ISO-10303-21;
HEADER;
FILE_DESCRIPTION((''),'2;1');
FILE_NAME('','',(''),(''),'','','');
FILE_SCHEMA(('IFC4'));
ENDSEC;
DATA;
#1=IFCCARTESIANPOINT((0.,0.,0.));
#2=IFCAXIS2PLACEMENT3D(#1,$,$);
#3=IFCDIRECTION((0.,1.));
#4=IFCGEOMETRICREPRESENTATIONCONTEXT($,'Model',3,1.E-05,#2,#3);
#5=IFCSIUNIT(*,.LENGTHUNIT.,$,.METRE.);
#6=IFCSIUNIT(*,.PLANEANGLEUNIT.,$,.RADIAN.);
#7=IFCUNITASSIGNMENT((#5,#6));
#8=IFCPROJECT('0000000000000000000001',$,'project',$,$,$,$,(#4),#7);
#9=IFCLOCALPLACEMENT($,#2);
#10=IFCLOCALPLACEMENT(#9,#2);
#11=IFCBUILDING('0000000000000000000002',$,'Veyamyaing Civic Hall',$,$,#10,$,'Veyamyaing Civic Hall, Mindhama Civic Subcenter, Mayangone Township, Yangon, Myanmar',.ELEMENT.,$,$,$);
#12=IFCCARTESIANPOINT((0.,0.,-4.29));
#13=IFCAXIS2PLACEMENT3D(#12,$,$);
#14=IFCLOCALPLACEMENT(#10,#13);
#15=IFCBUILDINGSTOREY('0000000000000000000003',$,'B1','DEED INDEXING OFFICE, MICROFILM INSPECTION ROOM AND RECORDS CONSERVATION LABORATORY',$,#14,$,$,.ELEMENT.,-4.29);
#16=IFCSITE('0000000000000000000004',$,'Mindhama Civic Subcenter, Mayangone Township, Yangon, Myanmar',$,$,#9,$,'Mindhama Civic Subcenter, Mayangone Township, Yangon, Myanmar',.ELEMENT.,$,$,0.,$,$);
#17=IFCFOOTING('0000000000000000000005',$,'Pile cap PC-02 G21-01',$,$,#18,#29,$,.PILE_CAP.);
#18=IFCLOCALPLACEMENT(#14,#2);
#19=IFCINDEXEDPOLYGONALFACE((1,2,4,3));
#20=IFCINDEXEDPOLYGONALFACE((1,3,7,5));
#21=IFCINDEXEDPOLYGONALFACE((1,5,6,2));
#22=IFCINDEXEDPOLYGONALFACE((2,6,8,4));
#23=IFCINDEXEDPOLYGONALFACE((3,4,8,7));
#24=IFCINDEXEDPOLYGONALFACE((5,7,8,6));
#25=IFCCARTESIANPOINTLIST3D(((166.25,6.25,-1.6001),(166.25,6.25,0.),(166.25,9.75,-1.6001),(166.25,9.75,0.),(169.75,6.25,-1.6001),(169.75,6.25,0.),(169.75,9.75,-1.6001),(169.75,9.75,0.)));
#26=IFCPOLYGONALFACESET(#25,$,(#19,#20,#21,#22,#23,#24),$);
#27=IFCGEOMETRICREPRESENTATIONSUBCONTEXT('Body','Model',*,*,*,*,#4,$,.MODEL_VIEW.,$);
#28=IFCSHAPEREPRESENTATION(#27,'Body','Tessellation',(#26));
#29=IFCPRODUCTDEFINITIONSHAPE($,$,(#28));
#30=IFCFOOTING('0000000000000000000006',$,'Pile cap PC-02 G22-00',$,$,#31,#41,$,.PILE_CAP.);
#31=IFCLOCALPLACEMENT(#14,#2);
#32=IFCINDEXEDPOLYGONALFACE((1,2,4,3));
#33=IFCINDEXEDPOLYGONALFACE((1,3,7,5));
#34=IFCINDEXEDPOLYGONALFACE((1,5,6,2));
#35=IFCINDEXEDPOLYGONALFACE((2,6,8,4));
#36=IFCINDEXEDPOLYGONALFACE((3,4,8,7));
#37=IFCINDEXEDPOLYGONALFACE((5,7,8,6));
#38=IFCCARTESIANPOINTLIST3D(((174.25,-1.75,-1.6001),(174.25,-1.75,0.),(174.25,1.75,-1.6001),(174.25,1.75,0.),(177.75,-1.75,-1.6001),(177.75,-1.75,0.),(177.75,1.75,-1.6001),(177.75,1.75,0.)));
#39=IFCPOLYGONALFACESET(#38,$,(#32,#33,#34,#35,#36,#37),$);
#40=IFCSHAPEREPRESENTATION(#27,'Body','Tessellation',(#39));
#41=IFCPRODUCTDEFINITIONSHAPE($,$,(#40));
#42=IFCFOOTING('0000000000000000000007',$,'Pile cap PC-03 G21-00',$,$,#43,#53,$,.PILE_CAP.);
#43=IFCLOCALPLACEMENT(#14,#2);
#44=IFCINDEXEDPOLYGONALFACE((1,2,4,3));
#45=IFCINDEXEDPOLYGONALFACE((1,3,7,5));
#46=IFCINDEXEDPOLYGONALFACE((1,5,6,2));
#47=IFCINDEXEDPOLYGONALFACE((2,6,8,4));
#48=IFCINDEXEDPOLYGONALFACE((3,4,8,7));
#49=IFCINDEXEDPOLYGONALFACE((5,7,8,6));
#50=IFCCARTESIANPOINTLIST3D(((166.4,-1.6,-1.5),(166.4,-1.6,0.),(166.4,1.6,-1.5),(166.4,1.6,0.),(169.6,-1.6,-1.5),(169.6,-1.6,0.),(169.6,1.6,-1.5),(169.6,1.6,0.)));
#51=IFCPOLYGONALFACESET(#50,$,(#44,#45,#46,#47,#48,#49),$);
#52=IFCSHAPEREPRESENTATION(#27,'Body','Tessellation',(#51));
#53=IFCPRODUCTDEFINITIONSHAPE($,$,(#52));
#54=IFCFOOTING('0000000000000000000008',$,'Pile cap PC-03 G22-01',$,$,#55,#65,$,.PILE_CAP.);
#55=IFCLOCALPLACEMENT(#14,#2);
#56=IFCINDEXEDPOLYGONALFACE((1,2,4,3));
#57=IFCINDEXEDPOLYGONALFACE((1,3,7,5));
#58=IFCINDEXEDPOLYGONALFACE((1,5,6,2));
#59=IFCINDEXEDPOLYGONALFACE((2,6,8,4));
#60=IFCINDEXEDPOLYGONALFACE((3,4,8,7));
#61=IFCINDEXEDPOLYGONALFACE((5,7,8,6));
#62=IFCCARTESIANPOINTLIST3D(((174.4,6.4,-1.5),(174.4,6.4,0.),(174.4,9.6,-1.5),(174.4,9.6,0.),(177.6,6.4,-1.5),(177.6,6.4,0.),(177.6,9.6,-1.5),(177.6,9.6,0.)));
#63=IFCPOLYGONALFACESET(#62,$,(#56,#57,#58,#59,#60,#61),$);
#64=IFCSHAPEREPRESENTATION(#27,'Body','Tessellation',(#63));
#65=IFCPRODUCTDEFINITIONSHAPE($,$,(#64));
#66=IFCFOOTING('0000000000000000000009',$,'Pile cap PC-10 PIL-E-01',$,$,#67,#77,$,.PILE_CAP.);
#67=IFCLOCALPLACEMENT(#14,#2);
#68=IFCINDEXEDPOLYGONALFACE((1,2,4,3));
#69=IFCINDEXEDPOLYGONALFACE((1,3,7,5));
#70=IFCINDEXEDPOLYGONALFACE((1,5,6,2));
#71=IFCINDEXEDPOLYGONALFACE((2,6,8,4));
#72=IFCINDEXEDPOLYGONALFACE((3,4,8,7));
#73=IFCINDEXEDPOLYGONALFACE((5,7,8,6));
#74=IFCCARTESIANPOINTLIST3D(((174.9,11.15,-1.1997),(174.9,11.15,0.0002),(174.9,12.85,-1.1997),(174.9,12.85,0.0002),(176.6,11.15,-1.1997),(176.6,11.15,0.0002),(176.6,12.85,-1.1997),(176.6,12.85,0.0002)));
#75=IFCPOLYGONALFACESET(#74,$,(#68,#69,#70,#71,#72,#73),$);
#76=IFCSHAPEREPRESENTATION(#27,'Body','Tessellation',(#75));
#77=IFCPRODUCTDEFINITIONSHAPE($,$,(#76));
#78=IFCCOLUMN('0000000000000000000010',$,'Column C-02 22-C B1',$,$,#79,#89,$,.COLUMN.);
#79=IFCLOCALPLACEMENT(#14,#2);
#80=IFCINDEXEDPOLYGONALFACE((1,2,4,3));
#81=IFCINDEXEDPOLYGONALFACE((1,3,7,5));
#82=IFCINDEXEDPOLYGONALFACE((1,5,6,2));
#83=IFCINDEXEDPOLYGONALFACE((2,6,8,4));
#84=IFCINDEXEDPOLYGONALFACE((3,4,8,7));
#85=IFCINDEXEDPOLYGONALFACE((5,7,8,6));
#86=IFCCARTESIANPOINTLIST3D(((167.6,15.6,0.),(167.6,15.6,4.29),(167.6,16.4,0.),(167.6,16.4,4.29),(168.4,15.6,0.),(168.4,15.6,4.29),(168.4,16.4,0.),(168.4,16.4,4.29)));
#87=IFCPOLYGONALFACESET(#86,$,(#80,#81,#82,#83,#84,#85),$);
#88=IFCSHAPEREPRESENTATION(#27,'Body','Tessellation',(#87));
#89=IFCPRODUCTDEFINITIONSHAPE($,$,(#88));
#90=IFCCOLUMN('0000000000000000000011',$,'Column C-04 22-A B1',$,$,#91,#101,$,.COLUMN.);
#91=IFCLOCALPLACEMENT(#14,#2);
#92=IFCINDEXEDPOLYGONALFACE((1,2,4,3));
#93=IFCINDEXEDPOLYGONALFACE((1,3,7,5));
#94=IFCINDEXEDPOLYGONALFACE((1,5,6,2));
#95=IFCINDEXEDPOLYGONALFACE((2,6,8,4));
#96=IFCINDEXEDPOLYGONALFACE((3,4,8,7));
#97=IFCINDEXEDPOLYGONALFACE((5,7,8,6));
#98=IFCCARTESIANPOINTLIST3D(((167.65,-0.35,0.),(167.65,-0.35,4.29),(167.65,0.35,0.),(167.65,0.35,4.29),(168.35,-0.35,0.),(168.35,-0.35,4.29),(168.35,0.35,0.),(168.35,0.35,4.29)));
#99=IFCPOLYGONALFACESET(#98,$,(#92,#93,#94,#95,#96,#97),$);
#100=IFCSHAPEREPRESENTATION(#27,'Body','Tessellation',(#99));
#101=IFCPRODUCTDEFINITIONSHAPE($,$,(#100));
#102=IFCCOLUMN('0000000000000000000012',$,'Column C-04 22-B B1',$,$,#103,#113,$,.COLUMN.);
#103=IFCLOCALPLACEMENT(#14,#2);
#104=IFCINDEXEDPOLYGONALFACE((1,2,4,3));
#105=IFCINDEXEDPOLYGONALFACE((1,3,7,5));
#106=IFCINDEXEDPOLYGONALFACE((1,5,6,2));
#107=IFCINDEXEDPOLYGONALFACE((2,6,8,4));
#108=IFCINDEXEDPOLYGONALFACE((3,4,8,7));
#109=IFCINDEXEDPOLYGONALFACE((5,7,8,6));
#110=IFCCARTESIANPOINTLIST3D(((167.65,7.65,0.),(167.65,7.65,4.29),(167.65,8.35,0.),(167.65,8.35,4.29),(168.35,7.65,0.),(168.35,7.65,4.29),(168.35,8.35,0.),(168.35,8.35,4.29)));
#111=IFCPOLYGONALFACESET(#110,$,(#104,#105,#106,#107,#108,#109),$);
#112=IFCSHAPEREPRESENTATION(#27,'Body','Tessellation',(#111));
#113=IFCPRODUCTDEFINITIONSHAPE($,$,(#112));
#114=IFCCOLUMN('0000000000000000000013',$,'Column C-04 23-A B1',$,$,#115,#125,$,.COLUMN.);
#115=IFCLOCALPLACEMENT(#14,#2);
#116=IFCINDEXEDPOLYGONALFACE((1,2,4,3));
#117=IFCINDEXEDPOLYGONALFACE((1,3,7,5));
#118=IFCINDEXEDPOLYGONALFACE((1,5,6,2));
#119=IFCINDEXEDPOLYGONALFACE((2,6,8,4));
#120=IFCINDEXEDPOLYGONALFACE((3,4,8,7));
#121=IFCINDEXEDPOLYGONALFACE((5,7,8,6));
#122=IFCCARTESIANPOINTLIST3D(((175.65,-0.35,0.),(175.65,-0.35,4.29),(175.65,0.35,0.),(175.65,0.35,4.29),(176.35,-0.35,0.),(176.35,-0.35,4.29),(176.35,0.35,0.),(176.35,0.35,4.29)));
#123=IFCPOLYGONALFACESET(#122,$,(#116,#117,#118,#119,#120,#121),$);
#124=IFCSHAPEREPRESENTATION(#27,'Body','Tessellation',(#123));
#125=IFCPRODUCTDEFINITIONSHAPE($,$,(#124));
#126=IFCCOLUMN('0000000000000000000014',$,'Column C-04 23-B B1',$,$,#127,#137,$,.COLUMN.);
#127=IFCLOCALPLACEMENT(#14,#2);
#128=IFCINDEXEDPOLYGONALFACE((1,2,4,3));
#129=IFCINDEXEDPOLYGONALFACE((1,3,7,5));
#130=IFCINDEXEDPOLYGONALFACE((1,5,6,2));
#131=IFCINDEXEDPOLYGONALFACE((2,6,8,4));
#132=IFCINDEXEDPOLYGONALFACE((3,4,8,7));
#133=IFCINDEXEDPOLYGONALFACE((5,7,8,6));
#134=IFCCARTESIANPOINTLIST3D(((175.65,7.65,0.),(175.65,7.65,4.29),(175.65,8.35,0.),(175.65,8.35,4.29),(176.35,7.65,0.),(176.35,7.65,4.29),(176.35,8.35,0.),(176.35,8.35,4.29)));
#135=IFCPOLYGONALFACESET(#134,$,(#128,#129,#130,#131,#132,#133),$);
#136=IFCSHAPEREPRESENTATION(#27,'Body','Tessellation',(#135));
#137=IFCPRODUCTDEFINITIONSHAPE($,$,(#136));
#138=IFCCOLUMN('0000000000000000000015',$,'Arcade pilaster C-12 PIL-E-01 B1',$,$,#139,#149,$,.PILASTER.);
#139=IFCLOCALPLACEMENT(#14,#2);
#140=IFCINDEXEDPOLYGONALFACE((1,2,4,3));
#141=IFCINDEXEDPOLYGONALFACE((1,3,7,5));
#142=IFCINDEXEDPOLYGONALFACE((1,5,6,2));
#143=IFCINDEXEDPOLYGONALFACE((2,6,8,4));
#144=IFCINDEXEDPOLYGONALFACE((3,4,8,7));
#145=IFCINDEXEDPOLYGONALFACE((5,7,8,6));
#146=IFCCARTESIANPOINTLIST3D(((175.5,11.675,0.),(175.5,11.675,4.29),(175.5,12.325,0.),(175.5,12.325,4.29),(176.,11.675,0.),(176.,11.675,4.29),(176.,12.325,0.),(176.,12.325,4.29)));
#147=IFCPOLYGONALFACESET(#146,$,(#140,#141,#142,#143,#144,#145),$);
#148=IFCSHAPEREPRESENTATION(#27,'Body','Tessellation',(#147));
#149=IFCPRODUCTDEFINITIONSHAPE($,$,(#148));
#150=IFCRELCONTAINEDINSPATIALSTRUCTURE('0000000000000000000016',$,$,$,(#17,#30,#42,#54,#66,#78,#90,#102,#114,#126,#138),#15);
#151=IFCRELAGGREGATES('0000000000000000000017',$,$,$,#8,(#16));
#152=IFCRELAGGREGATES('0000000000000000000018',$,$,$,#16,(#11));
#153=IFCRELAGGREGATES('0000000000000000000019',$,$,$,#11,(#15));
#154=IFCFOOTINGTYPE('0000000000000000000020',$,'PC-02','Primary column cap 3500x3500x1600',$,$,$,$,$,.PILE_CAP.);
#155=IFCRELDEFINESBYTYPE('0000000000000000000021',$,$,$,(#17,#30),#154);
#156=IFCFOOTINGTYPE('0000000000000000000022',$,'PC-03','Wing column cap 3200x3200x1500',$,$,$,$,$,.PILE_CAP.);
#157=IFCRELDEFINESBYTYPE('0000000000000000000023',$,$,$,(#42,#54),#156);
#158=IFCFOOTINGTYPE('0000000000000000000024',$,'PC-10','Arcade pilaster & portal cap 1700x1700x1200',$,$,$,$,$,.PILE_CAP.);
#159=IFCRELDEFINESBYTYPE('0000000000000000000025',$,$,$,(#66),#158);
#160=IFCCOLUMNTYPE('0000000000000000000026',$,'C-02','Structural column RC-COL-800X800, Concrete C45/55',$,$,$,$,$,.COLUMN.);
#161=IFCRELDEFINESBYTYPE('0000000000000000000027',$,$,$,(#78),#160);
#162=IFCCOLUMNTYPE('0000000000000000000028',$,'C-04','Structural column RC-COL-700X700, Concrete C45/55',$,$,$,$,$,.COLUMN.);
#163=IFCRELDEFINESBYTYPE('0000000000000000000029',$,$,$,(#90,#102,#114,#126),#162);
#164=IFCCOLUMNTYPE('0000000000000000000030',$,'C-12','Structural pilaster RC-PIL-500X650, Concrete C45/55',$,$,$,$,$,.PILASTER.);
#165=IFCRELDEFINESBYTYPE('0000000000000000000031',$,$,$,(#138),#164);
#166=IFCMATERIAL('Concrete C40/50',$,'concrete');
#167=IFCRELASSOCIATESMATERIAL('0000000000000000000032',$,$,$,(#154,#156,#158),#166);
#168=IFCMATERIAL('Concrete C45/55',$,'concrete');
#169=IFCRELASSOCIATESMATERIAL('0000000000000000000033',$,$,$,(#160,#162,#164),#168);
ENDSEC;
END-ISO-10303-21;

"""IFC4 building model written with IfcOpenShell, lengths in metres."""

from ifc_helpers import new_model, si_unit, direction, frame, origin, origin_2d, place, context, subcontext, project, spatial, rectangle, extrude, material, material_profile, profile_set, type_object, element, save


model = new_model("IFC4")

# Units and contexts
model_context = context("Model", 3, precision=1e-05, world=origin(), true_north=direction((0.0, 1.0)))
body_context = subcontext(model_context, "Body", "Model", "MODEL_VIEW")
ifc_project = project(units=[si_unit("LENGTHUNIT", "METRE"), si_unit("PLANEANGLEUNIT", "RADIAN")], contexts=[model_context])

# Site, building, storey
site_placement = place(None, origin())
site = spatial("IfcSite", under=ifc_project, at=site_placement, Name="Mindhama Civic Subcenter, Mayangone Township, Yangon, Myanmar", LongName="Mindhama Civic Subcenter, Mayangone Township, Yangon, Myanmar", CompositionType="ELEMENT", RefElevation=0.0)
building_placement = place(site_placement, origin())
building = spatial("IfcBuilding", under=site, at=building_placement, Name="Veyamyaing Civic Hall", LongName="Veyamyaing Civic Hall, Mindhama Civic Subcenter, Mayangone Township, Yangon, Myanmar", CompositionType="ELEMENT")
storey_placement = place(building_placement, frame((0.0, 0.0, -4.29)))
storey = spatial("IfcBuildingStorey", under=building, at=storey_placement, Name="B1", Description="DEED INDEXING OFFICE, MICROFILM INSPECTION ROOM AND RECORDS CONSERVATION LABORATORY", CompositionType="ELEMENT", Elevation=-4.29)

# Shared definitions
ifc_material_1 = material(Name="Concrete C40/50", Category="concrete")

# Footings
footing_type_1 = type_object("IfcFootingType", Name="PC-02", Description="Primary column cap 3500x3500x1600", PredefinedType="PILE_CAP", material=ifc_material_1)
for number, where, z_axis, x_axis, name in (
    (1, (168.0, 8.0, -1.6001), (0.0, 0.0, 1.0), (1.0, 0.0, 0.0), "Pile cap PC-02 G21-01"),
    (2, (176.0, 0.0, -1.6001), (0.0, 0.0, 1.0), (1.0, 0.0, 0.0), "Pile cap PC-02 G22-00"),
):
    element("IfcFooting", number, at=place(storey_placement, frame(where, z_axis=z_axis, x_axis=x_axis)), inside=storey, type_object=footing_type_1, Name=name, PredefinedType="PILE_CAP", context=body_context, shape_type="SweptSolid", body=[
        extrude(rectangle(XDim=3.5, YDim=3.5, at=origin_2d()), origin(), (0.0, 0.0, 1.0), 1.6001),
    ])
footing_type_2 = type_object("IfcFootingType", Name="PC-03", Description="Wing column cap 3200x3200x1500", PredefinedType="PILE_CAP", material=ifc_material_1)
for number, where, z_axis, x_axis, name in (
    (3, (168.0, 0.0, -1.5), (0.0, 0.0, 1.0), (1.0, 0.0, 0.0), "Pile cap PC-03 G21-00"),
    (4, (176.0, 8.0, -1.5), (0.0, 0.0, 1.0), (1.0, 0.0, 0.0), "Pile cap PC-03 G22-01"),
):
    element("IfcFooting", number, at=place(storey_placement, frame(where, z_axis=z_axis, x_axis=x_axis)), inside=storey, type_object=footing_type_2, Name=name, PredefinedType="PILE_CAP", context=body_context, shape_type="SweptSolid", body=[
        extrude(rectangle(XDim=3.2, YDim=3.2, at=origin_2d()), origin(), (0.0, 0.0, 1.0), 1.5),
    ])
footing_type_3 = type_object("IfcFootingType", Name="PC-10", Description="Arcade pilaster & portal cap 1700x1700x1200", PredefinedType="PILE_CAP", material=ifc_material_1)
footing_1_placement = place(storey_placement, frame((175.75, 12.0, -1.1997), z_axis=(0.0, 0.0, 1.0), x_axis=(1.0, 0.0, 0.0)))
element("IfcFooting", 5, at=footing_1_placement, inside=storey, type_object=footing_type_3, Name="Pile cap PC-10 PIL-E-01", PredefinedType="PILE_CAP", context=body_context, shape_type="SweptSolid", body=[
    extrude(rectangle(XDim=1.7, YDim=1.7, at=origin_2d()), origin(), (0.0, 0.0, 1.0), 1.2),
])

# Columns
ifc_material_2 = material(Name="Concrete C45/55", Category="concrete")
ifc_material_profile_1 = material_profile(ifc_material_2, rectangle(XDim=0.8, YDim=0.8, at=origin_2d()), Name="RC-COL-800X800")
ifc_profile_set_1 = profile_set([ifc_material_profile_1], Name="Concrete C45/55")
column_type_1 = type_object("IfcColumnType", Name="C-02", Description="Structural column RC-COL-800X800, Concrete C45/55", PredefinedType="COLUMN", material=ifc_profile_set_1)
column_1_placement = place(storey_placement, frame((168.0, 16.0, 0.0), z_axis=(0.0, 0.0, 1.0), x_axis=(1.0, 0.0, 0.0)))
element("IfcColumn", 6, at=column_1_placement, inside=storey, type_object=column_type_1, Name="Column C-02 22-C B1", PredefinedType="COLUMN", context=body_context, shape_type="SweptSolid", body=[
    extrude(rectangle(XDim=0.8, YDim=0.8, at=origin_2d()), origin(), (0.0, 0.0, 1.0), 4.29),
])
ifc_material_profile_2 = material_profile(ifc_material_2, rectangle(XDim=0.7, YDim=0.7, at=origin_2d()), Name="RC-COL-700X700")
ifc_profile_set_2 = profile_set([ifc_material_profile_2], Name="Concrete C45/55")
column_type_2 = type_object("IfcColumnType", Name="C-04", Description="Structural column RC-COL-700X700, Concrete C45/55", PredefinedType="COLUMN", material=ifc_profile_set_2)
for number, where, z_axis, x_axis, name in (
    (7, (168.0, 0.0, 0.0), (0.0, 0.0, 1.0), (1.0, 0.0, 0.0), "Column C-04 22-A B1"),
    (8, (168.0, 8.0, 0.0), (0.0, 0.0, 1.0), (1.0, 0.0, 0.0), "Column C-04 22-B B1"),
    (9, (176.0, 0.0, 0.0), (0.0, 0.0, 1.0), (1.0, 0.0, 0.0), "Column C-04 23-A B1"),
    (10, (176.0, 8.0, 0.0), (0.0, 0.0, 1.0), (1.0, 0.0, 0.0), "Column C-04 23-B B1"),
):
    element("IfcColumn", number, at=place(storey_placement, frame(where, z_axis=z_axis, x_axis=x_axis)), inside=storey, type_object=column_type_2, Name=name, PredefinedType="COLUMN", context=body_context, shape_type="SweptSolid", body=[
        extrude(rectangle(XDim=0.7, YDim=0.7, at=origin_2d()), origin(), (0.0, 0.0, 1.0), 4.29),
    ])
ifc_material_profile_3 = material_profile(ifc_material_2, rectangle(XDim=0.5, YDim=0.6499, at=origin_2d()), Name="RC-PIL-500X650")
ifc_profile_set_3 = profile_set([ifc_material_profile_3], Name="Concrete C45/55")
column_type_3 = type_object("IfcColumnType", Name="C-12", Description="Structural pilaster RC-PIL-500X650, Concrete C45/55", PredefinedType="PILASTER", material=ifc_profile_set_3)
column_2_placement = place(storey_placement, frame((175.75, 12.0, 0.0), z_axis=(0.0, 0.0, 1.0), x_axis=(1.0, 0.0, 0.0)))
element("IfcColumn", 11, at=column_2_placement, inside=storey, type_object=column_type_3, Name="Arcade pilaster C-12 PIL-E-01 B1", PredefinedType="PILASTER", context=body_context, shape_type="SweptSolid", body=[
    extrude(rectangle(XDim=0.5, YDim=0.6499, at=origin_2d()), origin(), (0.0, 0.0, 1.0), 4.29),
])

save(model, "model.ifc")
